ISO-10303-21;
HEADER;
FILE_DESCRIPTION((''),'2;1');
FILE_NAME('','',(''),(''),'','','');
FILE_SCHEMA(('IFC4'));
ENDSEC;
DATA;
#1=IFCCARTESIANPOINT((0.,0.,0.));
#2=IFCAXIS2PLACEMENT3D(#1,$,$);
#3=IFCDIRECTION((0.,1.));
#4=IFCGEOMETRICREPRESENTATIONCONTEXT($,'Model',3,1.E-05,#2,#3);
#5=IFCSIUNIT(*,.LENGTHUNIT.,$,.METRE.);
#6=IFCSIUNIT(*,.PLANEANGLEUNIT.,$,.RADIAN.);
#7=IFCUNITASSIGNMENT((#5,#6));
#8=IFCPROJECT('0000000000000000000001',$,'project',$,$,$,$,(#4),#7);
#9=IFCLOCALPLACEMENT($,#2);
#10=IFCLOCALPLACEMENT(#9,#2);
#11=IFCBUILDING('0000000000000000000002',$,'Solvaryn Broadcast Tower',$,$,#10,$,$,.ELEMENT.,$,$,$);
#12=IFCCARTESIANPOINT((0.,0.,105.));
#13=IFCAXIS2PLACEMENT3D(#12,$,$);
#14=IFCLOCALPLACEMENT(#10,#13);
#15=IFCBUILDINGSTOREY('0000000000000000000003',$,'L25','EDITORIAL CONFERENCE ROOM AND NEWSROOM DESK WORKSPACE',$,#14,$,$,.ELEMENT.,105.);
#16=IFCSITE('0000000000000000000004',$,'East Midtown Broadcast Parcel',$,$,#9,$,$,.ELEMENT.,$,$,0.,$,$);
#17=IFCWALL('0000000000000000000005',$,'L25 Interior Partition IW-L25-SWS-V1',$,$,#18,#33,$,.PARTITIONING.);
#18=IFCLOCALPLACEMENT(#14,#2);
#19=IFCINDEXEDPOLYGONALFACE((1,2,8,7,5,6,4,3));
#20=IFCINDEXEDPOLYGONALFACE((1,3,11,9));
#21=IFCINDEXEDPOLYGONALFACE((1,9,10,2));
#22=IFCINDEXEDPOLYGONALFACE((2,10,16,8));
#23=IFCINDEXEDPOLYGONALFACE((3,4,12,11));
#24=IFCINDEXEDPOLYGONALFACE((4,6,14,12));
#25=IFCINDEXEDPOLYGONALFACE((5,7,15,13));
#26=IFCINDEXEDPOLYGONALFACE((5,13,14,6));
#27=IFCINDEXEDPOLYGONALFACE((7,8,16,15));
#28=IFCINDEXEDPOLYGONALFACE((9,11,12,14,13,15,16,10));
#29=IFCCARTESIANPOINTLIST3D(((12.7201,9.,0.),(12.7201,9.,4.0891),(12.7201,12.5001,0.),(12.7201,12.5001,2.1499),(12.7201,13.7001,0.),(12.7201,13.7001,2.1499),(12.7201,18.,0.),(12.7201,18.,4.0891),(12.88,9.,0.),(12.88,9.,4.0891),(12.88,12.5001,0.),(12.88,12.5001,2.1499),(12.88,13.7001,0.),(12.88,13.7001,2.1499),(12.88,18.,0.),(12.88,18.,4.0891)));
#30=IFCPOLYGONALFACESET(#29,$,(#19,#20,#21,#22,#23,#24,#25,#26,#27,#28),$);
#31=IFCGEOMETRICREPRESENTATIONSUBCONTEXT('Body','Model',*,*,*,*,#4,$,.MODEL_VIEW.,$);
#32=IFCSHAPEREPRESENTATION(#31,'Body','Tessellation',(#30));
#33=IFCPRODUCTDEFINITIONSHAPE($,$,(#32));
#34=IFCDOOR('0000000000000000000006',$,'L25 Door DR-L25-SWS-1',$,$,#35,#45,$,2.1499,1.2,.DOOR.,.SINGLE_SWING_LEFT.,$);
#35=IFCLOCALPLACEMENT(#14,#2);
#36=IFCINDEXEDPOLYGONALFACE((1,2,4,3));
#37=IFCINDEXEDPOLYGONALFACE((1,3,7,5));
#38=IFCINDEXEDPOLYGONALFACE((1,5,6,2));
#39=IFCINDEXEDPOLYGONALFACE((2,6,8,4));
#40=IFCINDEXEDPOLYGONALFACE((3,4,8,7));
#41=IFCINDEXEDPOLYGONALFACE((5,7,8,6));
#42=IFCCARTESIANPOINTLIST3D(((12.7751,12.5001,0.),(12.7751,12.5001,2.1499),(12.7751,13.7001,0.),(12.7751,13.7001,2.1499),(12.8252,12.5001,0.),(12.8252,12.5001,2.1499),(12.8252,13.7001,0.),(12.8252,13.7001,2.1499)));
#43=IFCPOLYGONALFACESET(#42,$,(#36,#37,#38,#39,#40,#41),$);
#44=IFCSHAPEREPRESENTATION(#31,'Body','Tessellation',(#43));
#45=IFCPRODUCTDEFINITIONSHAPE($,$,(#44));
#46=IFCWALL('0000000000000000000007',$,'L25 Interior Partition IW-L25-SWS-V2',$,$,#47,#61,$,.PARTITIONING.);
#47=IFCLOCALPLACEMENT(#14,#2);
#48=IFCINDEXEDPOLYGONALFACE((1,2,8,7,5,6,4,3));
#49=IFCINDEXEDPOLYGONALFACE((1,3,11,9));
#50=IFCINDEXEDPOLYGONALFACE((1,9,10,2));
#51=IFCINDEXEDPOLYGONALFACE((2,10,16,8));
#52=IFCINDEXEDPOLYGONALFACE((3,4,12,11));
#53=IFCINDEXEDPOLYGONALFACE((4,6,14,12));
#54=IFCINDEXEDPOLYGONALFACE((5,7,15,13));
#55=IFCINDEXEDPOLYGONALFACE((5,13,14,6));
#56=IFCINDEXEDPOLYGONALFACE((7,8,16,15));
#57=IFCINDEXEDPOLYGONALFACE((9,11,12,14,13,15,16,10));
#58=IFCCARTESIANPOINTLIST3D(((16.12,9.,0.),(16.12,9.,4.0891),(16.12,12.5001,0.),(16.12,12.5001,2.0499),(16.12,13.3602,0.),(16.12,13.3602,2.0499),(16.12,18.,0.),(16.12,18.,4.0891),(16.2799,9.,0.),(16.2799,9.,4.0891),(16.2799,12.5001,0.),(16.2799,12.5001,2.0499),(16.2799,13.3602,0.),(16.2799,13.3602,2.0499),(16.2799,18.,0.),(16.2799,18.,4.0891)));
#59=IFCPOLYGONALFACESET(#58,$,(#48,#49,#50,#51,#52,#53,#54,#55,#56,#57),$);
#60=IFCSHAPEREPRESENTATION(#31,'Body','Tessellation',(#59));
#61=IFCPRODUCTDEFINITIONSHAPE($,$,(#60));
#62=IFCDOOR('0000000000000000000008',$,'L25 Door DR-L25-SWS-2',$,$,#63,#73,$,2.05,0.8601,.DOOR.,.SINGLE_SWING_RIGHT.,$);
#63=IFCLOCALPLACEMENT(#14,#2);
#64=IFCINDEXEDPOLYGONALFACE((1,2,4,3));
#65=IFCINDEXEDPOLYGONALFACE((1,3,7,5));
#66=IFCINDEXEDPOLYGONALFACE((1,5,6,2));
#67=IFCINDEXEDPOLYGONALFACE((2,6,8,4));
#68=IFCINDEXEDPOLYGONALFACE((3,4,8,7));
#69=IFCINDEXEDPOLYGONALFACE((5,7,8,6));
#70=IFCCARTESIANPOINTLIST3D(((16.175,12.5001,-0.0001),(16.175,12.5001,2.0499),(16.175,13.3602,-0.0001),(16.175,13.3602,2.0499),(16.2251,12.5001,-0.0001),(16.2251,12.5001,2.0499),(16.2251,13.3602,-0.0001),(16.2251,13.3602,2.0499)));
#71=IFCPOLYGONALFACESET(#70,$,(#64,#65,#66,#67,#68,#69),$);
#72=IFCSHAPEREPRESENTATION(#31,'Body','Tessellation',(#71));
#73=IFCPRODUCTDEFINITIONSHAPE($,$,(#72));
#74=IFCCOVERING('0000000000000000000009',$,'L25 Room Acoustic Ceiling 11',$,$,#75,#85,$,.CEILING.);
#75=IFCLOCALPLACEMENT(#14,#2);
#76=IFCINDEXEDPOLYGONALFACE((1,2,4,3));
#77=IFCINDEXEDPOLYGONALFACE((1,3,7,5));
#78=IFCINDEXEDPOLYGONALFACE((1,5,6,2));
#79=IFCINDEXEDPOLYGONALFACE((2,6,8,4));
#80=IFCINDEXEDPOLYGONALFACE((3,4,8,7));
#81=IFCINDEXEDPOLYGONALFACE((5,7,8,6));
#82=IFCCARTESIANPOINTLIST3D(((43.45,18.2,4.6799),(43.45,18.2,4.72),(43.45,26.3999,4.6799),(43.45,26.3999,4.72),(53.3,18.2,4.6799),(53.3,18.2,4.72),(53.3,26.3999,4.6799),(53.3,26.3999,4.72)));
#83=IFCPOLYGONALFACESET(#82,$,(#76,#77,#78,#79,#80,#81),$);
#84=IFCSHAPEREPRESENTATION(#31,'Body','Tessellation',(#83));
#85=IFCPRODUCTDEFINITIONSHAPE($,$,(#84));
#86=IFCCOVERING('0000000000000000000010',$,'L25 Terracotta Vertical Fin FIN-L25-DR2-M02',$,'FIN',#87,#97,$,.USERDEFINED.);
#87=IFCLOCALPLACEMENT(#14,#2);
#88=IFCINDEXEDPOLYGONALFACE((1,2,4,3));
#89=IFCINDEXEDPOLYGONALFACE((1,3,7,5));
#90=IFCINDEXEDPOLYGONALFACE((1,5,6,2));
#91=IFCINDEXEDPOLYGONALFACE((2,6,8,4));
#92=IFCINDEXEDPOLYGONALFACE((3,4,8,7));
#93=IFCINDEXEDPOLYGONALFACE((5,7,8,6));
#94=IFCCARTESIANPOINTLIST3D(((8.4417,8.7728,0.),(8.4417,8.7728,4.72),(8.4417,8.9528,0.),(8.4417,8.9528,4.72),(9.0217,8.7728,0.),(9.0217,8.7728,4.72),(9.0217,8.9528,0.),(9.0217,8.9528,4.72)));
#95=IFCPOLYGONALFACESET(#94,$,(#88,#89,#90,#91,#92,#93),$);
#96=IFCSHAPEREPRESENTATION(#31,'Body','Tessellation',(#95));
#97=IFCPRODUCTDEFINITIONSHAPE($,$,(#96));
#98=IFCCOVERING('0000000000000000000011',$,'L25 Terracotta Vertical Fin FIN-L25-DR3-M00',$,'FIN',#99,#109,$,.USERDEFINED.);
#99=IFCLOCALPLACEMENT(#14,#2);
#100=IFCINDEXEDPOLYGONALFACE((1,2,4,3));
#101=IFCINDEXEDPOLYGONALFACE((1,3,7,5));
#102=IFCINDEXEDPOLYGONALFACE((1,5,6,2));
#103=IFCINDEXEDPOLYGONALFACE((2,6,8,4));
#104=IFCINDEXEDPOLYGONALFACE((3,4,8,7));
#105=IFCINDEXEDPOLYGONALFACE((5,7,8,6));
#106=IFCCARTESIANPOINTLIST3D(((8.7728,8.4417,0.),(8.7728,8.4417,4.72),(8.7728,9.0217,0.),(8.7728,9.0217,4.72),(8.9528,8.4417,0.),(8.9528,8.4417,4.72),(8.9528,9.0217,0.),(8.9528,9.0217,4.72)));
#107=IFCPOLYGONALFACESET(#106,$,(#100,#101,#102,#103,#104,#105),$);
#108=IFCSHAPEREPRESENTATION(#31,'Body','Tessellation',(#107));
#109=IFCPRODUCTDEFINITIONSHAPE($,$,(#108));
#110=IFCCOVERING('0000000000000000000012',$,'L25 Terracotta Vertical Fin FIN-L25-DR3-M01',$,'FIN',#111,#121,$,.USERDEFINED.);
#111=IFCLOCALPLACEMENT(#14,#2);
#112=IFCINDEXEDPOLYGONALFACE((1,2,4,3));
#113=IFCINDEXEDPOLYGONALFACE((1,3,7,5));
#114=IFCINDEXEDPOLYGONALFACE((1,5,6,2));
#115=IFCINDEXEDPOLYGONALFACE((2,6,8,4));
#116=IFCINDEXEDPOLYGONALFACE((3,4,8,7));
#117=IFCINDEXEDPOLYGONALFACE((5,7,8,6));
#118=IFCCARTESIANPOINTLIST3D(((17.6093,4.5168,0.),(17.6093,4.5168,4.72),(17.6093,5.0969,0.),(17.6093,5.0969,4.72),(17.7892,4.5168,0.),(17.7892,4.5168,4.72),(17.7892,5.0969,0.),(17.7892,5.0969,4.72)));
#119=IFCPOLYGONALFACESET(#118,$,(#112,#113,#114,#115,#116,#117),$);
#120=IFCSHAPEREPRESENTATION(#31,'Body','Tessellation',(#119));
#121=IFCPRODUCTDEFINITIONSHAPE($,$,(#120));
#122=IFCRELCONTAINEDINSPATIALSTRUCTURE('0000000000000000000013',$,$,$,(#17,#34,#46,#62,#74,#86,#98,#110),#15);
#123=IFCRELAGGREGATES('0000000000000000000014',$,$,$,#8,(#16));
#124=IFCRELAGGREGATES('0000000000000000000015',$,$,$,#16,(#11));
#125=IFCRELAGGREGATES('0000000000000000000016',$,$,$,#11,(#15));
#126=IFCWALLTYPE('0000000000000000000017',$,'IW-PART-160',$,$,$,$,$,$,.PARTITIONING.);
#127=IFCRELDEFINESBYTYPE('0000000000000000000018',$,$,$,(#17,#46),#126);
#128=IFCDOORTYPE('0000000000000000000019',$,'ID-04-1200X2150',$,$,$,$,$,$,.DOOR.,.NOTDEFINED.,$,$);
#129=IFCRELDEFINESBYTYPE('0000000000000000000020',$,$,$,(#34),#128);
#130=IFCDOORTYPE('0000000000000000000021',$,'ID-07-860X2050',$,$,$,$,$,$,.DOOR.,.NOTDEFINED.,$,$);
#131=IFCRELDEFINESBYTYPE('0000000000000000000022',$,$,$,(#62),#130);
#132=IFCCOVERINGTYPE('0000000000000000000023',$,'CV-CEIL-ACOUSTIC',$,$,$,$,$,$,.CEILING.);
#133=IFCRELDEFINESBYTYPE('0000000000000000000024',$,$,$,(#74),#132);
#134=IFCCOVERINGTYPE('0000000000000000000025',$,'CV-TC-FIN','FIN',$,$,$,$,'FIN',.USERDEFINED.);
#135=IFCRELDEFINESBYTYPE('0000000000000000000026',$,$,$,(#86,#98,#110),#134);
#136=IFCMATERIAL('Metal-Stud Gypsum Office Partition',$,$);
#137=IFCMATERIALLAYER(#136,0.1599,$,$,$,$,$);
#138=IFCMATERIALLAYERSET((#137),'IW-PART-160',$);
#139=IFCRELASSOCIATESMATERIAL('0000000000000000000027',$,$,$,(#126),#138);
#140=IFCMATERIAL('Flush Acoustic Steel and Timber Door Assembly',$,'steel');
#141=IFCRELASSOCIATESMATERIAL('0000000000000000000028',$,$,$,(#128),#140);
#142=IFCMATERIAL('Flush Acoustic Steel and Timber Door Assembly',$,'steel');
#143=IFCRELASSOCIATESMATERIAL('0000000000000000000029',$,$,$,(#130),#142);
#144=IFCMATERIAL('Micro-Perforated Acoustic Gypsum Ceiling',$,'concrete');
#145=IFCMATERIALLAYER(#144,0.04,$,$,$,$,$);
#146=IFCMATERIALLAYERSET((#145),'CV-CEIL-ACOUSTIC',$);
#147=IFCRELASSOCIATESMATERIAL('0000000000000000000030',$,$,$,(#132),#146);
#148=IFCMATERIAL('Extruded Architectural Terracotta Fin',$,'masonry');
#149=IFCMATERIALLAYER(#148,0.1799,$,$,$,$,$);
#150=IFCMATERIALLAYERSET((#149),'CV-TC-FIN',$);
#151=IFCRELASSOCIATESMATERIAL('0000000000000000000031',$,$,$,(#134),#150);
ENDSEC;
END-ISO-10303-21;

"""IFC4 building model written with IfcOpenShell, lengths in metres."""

from ifc_helpers import new_model, si_unit, direction, frame, frame_2d, origin, origin_2d, place, context, subcontext, project, spatial, polyline, rectangle, outline, extrude, material, layer, layer_set, type_object, element, fill, save


model = new_model("IFC4")

# Units and contexts
model_context = context("Model", 3, precision=1e-05, world=origin(), true_north=direction((0.0, 1.0)))
body_context = subcontext(model_context, "Body", "Model", "MODEL_VIEW")
ifc_project = project(units=[si_unit("LENGTHUNIT", "METRE"), si_unit("PLANEANGLEUNIT", "RADIAN")], contexts=[model_context])

# Site, building, storey
site_placement = place(None, origin())
site = spatial("IfcSite", under=ifc_project, at=site_placement, Name="East Midtown Broadcast Parcel", CompositionType="ELEMENT", RefElevation=0.0)
building_placement = place(site_placement, origin())
building = spatial("IfcBuilding", under=site, at=building_placement, Name="Solvaryn Broadcast Tower", CompositionType="ELEMENT")
storey_placement = place(building_placement, frame((0.0, 0.0, 105.0)))
storey = spatial("IfcBuildingStorey", under=building, at=storey_placement, Name="L25", Description="EDITORIAL CONFERENCE ROOM AND NEWSROOM DESK WORKSPACE", CompositionType="ELEMENT", Elevation=105.0)

# Walls, openings, doors
ifc_material_1 = material(Name="Metal-Stud Gypsum Office Partition")
ifc_layer_1 = layer(ifc_material_1, 0.1599)
ifc_layer_set_1 = layer_set([ifc_layer_1], Name="IW-PART-160")
wall_type = type_object("IfcWallType", Name="IW-PART-160", PredefinedType="PARTITIONING", material=ifc_layer_set_1)
wall_1_placement = place(storey_placement, frame((12.8, 9.0, 0.0), z_axis=(0.0, 0.0, 1.0), x_axis=(0.0, 1.0, 0.0)))
wall_1 = element("IfcWall", 1, at=wall_1_placement, inside=storey, type_object=wall_type, Name="L25 Interior Partition IW-L25-SWS-V1", PredefinedType="PARTITIONING", context=body_context, shape_type="SweptSolid", body=[
    extrude(rectangle(XDim=9.0, YDim=0.1599, at=frame_2d((4.5, 0.0))), origin(), (0.0, 0.0, 1.0), 4.0891),
])
opening_1_placement = place(wall_1_placement, frame((3.5, 0.0, 0.0)))
opening_1 = element("IfcOpeningElement", 2, at=opening_1_placement, cuts=wall_1, PredefinedType="OPENING", context=body_context, shape_type="SweptSolid", body=[
    extrude(rectangle(XDim=1.2, YDim=2.1499, at=frame_2d((0.6001, 1.075))), frame((0.0, 0.0901, 0.0), z_axis=(0.0, -1.0, 0.0), x_axis=(1.0, 0.0, 0.0)), (0.0, 0.0, 1.0), 0.1799),
])
ifc_material_2 = material(Name="Flush Acoustic Steel and Timber Door Assembly", Category="steel")
door_type_1 = type_object("IfcDoorType", Name="ID-04-1200X2150", OperationType="NOTDEFINED", PredefinedType="DOOR", material=ifc_material_2)
door_1_placement = place(opening_1_placement, origin())
door_1 = element("IfcDoor", 3, at=door_1_placement, inside=storey, type_object=door_type_1, Name="L25 Door DR-L25-SWS-1", OperationType="SINGLE_SWING_LEFT", OverallHeight=2.1499, OverallWidth=1.2, PredefinedType="DOOR", context=body_context, shape_type="SweptSolid", body=[
    extrude(rectangle(XDim=1.2, YDim=2.1499, at=frame_2d((0.6001, 1.075))), frame((0.0, 0.0249, 0.0), z_axis=(0.0, -1.0, 0.0), x_axis=(1.0, 0.0, 0.0)), (0.0, 0.0, 1.0), 0.05),
])
fill(opening_1, door_1)
wall_2_placement = place(storey_placement, frame((16.2, 9.0, 0.0), z_axis=(0.0, 0.0, 1.0), x_axis=(0.0, 1.0, 0.0)))
wall_2 = element("IfcWall", 4, at=wall_2_placement, inside=storey, type_object=wall_type, Name="L25 Interior Partition IW-L25-SWS-V2", PredefinedType="PARTITIONING", context=body_context, shape_type="SweptSolid", body=[
    extrude(rectangle(XDim=9.0, YDim=0.1599, at=frame_2d((4.5, 0.0))), origin(), (0.0, 0.0, 1.0), 4.0891),
])
opening_2_placement = place(wall_2_placement, frame((3.5, 0.0, 0.0)))
opening_2 = element("IfcOpeningElement", 5, at=opening_2_placement, cuts=wall_2, PredefinedType="OPENING", context=body_context, shape_type="SweptSolid", body=[
    extrude(rectangle(XDim=0.8601, YDim=2.05, at=frame_2d((0.4302, 1.0249))), frame((0.0, 0.0901, 0.0), z_axis=(0.0, -1.0, 0.0), x_axis=(1.0, 0.0, 0.0)), (0.0, 0.0, 1.0), 0.1799),
])
ifc_material_3 = material(Name="Flush Acoustic Steel and Timber Door Assembly", Category="steel")
door_type_2 = type_object("IfcDoorType", Name="ID-07-860X2050", OperationType="NOTDEFINED", PredefinedType="DOOR", material=ifc_material_3)
door_2_placement = place(opening_2_placement, origin())
door_2 = element("IfcDoor", 6, at=door_2_placement, inside=storey, type_object=door_type_2, Name="L25 Door DR-L25-SWS-2", OperationType="SINGLE_SWING_RIGHT", OverallHeight=2.05, OverallWidth=0.8601, PredefinedType="DOOR", context=body_context, shape_type="SweptSolid", body=[
    extrude(rectangle(XDim=0.8601, YDim=2.05, at=frame_2d((0.4302, 1.0249))), frame((0.0, 0.0249, 0.0), z_axis=(0.0, -1.0, 0.0), x_axis=(1.0, 0.0, 0.0)), (0.0, 0.0, 1.0), 0.05),
])
fill(opening_2, door_2)

# Coverings
ifc_material_4 = material(Name="Micro-Perforated Acoustic Gypsum Ceiling", Category="concrete")
ifc_layer_2 = layer(ifc_material_4, 0.04)
ifc_layer_set_2 = layer_set([ifc_layer_2], Name="CV-CEIL-ACOUSTIC")
covering_type_1 = type_object("IfcCoveringType", Name="CV-CEIL-ACOUSTIC", PredefinedType="CEILING", material=ifc_layer_set_2)
covering_1_placement = place(storey_placement, frame((0.0, 0.0, 4.6799)))
element("IfcCovering", 7, at=covering_1_placement, inside=storey, type_object=covering_type_1, Name="L25 Room Acoustic Ceiling 11", PredefinedType="CEILING", context=body_context, shape_type="SweptSolid", body=[
    extrude(outline(polyline([(43.45, 18.2), (53.3, 18.2), (53.3, 26.3999), (43.45, 26.3999), (43.45, 18.2)])), origin(), (0.0, 0.0, 1.0), 0.04),
])
ifc_material_5 = material(Name="Extruded Architectural Terracotta Fin", Category="masonry")
ifc_layer_3 = layer(ifc_material_5, 0.1799)
ifc_layer_set_3 = layer_set([ifc_layer_3], Name="CV-TC-FIN")
covering_type_2 = type_object("IfcCoveringType", Name="CV-TC-FIN", Description="FIN", ElementType="FIN", PredefinedType="USERDEFINED", material=ifc_layer_set_3)
covering_2_placement = place(storey_placement, frame((8.7317, 8.8628, 0.0), z_axis=(0.0, 0.0, 1.0), x_axis=(1.0, 0.0, 0.0)))
element("IfcCovering", 8, at=covering_2_placement, inside=storey, type_object=covering_type_2, Name="L25 Terracotta Vertical Fin FIN-L25-DR2-M02", ObjectType="FIN", PredefinedType="USERDEFINED", context=body_context, shape_type="SweptSolid", body=[
    extrude(rectangle(XDim=0.5801, YDim=0.1799, at=origin_2d()), origin(), (0.0, 0.0, 1.0), 4.72),
])
for number, where, z_axis, x_axis, name in (
    (9, (8.8628, 8.7317, 0.0), (0.0, 0.0, 1.0), (1.0, 0.0, 0.0), "L25 Terracotta Vertical Fin FIN-L25-DR3-M00"),
    (10, (17.6992, 4.8069, 0.0), (0.0, 0.0, 1.0), (1.0, 0.0, 0.0), "L25 Terracotta Vertical Fin FIN-L25-DR3-M01"),
):
    element("IfcCovering", number, at=place(storey_placement, frame(where, z_axis=z_axis, x_axis=x_axis)), inside=storey, type_object=covering_type_2, Name=name, ObjectType="FIN", PredefinedType="USERDEFINED", context=body_context, shape_type="SweptSolid", body=[
        extrude(rectangle(XDim=0.1799, YDim=0.5801, at=origin_2d()), origin(), (0.0, 0.0, 1.0), 4.72),
    ])

save(model, "model.ifc")
